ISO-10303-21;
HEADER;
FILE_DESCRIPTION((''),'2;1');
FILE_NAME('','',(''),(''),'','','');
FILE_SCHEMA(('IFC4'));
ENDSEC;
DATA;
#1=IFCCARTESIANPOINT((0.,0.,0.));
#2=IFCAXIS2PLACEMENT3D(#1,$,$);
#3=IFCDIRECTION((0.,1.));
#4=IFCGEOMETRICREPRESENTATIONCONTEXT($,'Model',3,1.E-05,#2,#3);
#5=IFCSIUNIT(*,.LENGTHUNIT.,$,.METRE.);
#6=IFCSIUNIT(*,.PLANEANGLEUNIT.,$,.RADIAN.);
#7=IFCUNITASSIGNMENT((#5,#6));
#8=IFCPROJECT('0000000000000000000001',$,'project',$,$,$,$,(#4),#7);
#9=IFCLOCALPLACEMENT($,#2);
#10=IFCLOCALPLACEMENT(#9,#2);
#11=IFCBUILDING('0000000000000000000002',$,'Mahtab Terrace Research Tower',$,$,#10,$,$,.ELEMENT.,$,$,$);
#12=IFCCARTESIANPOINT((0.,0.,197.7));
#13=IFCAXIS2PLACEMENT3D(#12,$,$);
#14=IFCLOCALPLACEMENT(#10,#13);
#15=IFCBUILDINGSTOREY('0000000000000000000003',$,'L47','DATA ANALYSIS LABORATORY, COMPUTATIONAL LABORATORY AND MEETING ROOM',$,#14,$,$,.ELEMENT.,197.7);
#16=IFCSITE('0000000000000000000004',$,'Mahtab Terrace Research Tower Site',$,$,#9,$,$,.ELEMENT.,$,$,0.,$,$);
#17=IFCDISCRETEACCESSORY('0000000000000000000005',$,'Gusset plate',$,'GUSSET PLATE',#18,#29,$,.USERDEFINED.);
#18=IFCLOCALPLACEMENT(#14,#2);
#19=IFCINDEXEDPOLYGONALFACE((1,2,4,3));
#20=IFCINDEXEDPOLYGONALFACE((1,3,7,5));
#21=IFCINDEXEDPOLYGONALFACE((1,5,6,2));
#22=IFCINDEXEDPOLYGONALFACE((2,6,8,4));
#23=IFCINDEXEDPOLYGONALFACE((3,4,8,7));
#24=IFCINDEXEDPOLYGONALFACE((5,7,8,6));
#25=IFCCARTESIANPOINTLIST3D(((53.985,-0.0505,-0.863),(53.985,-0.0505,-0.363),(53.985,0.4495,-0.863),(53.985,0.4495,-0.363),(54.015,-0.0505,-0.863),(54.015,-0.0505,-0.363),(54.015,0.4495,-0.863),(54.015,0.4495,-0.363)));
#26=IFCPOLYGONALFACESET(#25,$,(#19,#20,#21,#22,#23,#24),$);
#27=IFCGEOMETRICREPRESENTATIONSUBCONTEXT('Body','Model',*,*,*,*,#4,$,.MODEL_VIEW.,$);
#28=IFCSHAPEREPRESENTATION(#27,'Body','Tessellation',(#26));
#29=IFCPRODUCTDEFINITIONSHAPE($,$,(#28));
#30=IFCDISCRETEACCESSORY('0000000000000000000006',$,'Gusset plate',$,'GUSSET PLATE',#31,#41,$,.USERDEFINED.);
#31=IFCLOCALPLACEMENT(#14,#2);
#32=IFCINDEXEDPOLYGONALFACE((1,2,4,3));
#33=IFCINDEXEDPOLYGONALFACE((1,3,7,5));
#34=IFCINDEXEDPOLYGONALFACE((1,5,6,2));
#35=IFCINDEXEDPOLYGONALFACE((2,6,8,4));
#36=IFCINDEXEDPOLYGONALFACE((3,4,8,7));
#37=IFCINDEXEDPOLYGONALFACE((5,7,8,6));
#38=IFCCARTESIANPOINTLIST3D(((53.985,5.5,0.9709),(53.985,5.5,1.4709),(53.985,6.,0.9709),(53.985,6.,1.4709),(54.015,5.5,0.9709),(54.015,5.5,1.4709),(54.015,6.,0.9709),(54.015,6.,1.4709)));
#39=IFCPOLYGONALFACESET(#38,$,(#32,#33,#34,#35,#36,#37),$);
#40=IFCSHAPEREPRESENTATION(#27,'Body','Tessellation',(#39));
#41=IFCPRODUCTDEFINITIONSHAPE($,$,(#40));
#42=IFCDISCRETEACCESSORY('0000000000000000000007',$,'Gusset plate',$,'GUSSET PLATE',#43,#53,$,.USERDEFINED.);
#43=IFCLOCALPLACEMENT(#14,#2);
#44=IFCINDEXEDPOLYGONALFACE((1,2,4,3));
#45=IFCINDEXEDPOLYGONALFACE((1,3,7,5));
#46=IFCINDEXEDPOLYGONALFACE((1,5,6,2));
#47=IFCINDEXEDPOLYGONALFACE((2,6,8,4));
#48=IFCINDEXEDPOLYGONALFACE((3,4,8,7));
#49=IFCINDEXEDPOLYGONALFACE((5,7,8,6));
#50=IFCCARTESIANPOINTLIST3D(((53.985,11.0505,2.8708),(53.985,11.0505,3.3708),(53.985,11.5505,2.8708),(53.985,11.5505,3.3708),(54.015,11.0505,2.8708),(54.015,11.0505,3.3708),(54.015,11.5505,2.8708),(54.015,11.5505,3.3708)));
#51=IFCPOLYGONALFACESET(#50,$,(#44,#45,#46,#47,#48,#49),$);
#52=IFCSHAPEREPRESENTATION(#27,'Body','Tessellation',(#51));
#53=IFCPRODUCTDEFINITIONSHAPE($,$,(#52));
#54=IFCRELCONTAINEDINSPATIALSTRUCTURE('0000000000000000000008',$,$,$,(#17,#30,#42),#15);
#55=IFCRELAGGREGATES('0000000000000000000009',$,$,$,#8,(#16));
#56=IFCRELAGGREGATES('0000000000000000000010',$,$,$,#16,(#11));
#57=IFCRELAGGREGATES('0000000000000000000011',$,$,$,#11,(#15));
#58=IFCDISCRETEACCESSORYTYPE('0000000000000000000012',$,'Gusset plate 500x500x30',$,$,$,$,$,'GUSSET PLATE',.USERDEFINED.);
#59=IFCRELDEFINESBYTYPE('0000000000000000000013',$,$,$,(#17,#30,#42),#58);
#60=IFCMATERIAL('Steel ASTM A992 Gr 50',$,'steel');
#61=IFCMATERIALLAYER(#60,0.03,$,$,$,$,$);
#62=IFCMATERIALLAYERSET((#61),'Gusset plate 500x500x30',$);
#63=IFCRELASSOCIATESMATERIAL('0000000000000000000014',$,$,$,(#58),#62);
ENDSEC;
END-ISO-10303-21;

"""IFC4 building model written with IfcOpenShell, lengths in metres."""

from ifc_helpers import new_model, si_unit, direction, frame, origin, origin_2d, place, context, subcontext, project, spatial, rectangle, extrude, material, layer, layer_set, type_object, element, save


model = new_model("IFC4")

# Units and contexts
model_context = context("Model", 3, precision=1e-05, world=origin(), true_north=direction((0.0, 1.0)))
body_context = subcontext(model_context, "Body", "Model", "MODEL_VIEW")
ifc_project = project(units=[si_unit("LENGTHUNIT", "METRE"), si_unit("PLANEANGLEUNIT", "RADIAN")], contexts=[model_context])

# Site, building, storey
site_placement = place(None, origin())
site = spatial("IfcSite", under=ifc_project, at=site_placement, Name="Mahtab Terrace Research Tower Site", CompositionType="ELEMENT", RefElevation=0.0)
building_placement = place(site_placement, origin())
building = spatial("IfcBuilding", under=site, at=building_placement, Name="Mahtab Terrace Research Tower", CompositionType="ELEMENT")
storey_placement = place(building_placement, frame((0.0, 0.0, 197.7)))
storey = spatial("IfcBuildingStorey", under=building, at=storey_placement, Name="L47", Description="DATA ANALYSIS LABORATORY, COMPUTATIONAL LABORATORY AND MEETING ROOM", CompositionType="ELEMENT", Elevation=197.7)

# Shared definitions
ifc_material_1 = material(Name="Steel ASTM A992 Gr 50", Category="steel")

# Discrete accessories
ifc_layer_1 = layer(ifc_material_1, 0.03)
ifc_layer_set_1 = layer_set([ifc_layer_1], Name="Gusset plate 500x500x30")
discrete_accessory_type = type_object("IfcDiscreteAccessoryType", Name="Gusset plate 500x500x30", ElementType="GUSSET PLATE", PredefinedType="USERDEFINED", material=ifc_layer_set_1)
for number, where, z_axis, x_axis, name in (
    (1, (54.0, 0.1995, -0.863), (0.0, 0.0, 1.0), (0.0, 1.0, 0.0), "Gusset plate"),
    (2, (54.0, 5.75, 0.9709), (0.0, 0.0, 1.0), (0.0, 1.0, 0.0), "Gusset plate"),
    (3, (54.0, 11.3005, 2.8708), (0.0, 0.0, 1.0), (0.0, 1.0, 0.0), "Gusset plate"),
):
    element("IfcDiscreteAccessory", number, at=place(storey_placement, frame(where, z_axis=z_axis, x_axis=x_axis)), inside=storey, type_object=discrete_accessory_type, Name=name, ObjectType="GUSSET PLATE", PredefinedType="USERDEFINED", context=body_context, shape_type="SweptSolid", body=[
        extrude(rectangle(XDim=0.5, YDim=0.03, at=origin_2d()), origin(), (0.0, 0.0, 1.0), 0.5),
    ])

save(model, "model.ifc")
